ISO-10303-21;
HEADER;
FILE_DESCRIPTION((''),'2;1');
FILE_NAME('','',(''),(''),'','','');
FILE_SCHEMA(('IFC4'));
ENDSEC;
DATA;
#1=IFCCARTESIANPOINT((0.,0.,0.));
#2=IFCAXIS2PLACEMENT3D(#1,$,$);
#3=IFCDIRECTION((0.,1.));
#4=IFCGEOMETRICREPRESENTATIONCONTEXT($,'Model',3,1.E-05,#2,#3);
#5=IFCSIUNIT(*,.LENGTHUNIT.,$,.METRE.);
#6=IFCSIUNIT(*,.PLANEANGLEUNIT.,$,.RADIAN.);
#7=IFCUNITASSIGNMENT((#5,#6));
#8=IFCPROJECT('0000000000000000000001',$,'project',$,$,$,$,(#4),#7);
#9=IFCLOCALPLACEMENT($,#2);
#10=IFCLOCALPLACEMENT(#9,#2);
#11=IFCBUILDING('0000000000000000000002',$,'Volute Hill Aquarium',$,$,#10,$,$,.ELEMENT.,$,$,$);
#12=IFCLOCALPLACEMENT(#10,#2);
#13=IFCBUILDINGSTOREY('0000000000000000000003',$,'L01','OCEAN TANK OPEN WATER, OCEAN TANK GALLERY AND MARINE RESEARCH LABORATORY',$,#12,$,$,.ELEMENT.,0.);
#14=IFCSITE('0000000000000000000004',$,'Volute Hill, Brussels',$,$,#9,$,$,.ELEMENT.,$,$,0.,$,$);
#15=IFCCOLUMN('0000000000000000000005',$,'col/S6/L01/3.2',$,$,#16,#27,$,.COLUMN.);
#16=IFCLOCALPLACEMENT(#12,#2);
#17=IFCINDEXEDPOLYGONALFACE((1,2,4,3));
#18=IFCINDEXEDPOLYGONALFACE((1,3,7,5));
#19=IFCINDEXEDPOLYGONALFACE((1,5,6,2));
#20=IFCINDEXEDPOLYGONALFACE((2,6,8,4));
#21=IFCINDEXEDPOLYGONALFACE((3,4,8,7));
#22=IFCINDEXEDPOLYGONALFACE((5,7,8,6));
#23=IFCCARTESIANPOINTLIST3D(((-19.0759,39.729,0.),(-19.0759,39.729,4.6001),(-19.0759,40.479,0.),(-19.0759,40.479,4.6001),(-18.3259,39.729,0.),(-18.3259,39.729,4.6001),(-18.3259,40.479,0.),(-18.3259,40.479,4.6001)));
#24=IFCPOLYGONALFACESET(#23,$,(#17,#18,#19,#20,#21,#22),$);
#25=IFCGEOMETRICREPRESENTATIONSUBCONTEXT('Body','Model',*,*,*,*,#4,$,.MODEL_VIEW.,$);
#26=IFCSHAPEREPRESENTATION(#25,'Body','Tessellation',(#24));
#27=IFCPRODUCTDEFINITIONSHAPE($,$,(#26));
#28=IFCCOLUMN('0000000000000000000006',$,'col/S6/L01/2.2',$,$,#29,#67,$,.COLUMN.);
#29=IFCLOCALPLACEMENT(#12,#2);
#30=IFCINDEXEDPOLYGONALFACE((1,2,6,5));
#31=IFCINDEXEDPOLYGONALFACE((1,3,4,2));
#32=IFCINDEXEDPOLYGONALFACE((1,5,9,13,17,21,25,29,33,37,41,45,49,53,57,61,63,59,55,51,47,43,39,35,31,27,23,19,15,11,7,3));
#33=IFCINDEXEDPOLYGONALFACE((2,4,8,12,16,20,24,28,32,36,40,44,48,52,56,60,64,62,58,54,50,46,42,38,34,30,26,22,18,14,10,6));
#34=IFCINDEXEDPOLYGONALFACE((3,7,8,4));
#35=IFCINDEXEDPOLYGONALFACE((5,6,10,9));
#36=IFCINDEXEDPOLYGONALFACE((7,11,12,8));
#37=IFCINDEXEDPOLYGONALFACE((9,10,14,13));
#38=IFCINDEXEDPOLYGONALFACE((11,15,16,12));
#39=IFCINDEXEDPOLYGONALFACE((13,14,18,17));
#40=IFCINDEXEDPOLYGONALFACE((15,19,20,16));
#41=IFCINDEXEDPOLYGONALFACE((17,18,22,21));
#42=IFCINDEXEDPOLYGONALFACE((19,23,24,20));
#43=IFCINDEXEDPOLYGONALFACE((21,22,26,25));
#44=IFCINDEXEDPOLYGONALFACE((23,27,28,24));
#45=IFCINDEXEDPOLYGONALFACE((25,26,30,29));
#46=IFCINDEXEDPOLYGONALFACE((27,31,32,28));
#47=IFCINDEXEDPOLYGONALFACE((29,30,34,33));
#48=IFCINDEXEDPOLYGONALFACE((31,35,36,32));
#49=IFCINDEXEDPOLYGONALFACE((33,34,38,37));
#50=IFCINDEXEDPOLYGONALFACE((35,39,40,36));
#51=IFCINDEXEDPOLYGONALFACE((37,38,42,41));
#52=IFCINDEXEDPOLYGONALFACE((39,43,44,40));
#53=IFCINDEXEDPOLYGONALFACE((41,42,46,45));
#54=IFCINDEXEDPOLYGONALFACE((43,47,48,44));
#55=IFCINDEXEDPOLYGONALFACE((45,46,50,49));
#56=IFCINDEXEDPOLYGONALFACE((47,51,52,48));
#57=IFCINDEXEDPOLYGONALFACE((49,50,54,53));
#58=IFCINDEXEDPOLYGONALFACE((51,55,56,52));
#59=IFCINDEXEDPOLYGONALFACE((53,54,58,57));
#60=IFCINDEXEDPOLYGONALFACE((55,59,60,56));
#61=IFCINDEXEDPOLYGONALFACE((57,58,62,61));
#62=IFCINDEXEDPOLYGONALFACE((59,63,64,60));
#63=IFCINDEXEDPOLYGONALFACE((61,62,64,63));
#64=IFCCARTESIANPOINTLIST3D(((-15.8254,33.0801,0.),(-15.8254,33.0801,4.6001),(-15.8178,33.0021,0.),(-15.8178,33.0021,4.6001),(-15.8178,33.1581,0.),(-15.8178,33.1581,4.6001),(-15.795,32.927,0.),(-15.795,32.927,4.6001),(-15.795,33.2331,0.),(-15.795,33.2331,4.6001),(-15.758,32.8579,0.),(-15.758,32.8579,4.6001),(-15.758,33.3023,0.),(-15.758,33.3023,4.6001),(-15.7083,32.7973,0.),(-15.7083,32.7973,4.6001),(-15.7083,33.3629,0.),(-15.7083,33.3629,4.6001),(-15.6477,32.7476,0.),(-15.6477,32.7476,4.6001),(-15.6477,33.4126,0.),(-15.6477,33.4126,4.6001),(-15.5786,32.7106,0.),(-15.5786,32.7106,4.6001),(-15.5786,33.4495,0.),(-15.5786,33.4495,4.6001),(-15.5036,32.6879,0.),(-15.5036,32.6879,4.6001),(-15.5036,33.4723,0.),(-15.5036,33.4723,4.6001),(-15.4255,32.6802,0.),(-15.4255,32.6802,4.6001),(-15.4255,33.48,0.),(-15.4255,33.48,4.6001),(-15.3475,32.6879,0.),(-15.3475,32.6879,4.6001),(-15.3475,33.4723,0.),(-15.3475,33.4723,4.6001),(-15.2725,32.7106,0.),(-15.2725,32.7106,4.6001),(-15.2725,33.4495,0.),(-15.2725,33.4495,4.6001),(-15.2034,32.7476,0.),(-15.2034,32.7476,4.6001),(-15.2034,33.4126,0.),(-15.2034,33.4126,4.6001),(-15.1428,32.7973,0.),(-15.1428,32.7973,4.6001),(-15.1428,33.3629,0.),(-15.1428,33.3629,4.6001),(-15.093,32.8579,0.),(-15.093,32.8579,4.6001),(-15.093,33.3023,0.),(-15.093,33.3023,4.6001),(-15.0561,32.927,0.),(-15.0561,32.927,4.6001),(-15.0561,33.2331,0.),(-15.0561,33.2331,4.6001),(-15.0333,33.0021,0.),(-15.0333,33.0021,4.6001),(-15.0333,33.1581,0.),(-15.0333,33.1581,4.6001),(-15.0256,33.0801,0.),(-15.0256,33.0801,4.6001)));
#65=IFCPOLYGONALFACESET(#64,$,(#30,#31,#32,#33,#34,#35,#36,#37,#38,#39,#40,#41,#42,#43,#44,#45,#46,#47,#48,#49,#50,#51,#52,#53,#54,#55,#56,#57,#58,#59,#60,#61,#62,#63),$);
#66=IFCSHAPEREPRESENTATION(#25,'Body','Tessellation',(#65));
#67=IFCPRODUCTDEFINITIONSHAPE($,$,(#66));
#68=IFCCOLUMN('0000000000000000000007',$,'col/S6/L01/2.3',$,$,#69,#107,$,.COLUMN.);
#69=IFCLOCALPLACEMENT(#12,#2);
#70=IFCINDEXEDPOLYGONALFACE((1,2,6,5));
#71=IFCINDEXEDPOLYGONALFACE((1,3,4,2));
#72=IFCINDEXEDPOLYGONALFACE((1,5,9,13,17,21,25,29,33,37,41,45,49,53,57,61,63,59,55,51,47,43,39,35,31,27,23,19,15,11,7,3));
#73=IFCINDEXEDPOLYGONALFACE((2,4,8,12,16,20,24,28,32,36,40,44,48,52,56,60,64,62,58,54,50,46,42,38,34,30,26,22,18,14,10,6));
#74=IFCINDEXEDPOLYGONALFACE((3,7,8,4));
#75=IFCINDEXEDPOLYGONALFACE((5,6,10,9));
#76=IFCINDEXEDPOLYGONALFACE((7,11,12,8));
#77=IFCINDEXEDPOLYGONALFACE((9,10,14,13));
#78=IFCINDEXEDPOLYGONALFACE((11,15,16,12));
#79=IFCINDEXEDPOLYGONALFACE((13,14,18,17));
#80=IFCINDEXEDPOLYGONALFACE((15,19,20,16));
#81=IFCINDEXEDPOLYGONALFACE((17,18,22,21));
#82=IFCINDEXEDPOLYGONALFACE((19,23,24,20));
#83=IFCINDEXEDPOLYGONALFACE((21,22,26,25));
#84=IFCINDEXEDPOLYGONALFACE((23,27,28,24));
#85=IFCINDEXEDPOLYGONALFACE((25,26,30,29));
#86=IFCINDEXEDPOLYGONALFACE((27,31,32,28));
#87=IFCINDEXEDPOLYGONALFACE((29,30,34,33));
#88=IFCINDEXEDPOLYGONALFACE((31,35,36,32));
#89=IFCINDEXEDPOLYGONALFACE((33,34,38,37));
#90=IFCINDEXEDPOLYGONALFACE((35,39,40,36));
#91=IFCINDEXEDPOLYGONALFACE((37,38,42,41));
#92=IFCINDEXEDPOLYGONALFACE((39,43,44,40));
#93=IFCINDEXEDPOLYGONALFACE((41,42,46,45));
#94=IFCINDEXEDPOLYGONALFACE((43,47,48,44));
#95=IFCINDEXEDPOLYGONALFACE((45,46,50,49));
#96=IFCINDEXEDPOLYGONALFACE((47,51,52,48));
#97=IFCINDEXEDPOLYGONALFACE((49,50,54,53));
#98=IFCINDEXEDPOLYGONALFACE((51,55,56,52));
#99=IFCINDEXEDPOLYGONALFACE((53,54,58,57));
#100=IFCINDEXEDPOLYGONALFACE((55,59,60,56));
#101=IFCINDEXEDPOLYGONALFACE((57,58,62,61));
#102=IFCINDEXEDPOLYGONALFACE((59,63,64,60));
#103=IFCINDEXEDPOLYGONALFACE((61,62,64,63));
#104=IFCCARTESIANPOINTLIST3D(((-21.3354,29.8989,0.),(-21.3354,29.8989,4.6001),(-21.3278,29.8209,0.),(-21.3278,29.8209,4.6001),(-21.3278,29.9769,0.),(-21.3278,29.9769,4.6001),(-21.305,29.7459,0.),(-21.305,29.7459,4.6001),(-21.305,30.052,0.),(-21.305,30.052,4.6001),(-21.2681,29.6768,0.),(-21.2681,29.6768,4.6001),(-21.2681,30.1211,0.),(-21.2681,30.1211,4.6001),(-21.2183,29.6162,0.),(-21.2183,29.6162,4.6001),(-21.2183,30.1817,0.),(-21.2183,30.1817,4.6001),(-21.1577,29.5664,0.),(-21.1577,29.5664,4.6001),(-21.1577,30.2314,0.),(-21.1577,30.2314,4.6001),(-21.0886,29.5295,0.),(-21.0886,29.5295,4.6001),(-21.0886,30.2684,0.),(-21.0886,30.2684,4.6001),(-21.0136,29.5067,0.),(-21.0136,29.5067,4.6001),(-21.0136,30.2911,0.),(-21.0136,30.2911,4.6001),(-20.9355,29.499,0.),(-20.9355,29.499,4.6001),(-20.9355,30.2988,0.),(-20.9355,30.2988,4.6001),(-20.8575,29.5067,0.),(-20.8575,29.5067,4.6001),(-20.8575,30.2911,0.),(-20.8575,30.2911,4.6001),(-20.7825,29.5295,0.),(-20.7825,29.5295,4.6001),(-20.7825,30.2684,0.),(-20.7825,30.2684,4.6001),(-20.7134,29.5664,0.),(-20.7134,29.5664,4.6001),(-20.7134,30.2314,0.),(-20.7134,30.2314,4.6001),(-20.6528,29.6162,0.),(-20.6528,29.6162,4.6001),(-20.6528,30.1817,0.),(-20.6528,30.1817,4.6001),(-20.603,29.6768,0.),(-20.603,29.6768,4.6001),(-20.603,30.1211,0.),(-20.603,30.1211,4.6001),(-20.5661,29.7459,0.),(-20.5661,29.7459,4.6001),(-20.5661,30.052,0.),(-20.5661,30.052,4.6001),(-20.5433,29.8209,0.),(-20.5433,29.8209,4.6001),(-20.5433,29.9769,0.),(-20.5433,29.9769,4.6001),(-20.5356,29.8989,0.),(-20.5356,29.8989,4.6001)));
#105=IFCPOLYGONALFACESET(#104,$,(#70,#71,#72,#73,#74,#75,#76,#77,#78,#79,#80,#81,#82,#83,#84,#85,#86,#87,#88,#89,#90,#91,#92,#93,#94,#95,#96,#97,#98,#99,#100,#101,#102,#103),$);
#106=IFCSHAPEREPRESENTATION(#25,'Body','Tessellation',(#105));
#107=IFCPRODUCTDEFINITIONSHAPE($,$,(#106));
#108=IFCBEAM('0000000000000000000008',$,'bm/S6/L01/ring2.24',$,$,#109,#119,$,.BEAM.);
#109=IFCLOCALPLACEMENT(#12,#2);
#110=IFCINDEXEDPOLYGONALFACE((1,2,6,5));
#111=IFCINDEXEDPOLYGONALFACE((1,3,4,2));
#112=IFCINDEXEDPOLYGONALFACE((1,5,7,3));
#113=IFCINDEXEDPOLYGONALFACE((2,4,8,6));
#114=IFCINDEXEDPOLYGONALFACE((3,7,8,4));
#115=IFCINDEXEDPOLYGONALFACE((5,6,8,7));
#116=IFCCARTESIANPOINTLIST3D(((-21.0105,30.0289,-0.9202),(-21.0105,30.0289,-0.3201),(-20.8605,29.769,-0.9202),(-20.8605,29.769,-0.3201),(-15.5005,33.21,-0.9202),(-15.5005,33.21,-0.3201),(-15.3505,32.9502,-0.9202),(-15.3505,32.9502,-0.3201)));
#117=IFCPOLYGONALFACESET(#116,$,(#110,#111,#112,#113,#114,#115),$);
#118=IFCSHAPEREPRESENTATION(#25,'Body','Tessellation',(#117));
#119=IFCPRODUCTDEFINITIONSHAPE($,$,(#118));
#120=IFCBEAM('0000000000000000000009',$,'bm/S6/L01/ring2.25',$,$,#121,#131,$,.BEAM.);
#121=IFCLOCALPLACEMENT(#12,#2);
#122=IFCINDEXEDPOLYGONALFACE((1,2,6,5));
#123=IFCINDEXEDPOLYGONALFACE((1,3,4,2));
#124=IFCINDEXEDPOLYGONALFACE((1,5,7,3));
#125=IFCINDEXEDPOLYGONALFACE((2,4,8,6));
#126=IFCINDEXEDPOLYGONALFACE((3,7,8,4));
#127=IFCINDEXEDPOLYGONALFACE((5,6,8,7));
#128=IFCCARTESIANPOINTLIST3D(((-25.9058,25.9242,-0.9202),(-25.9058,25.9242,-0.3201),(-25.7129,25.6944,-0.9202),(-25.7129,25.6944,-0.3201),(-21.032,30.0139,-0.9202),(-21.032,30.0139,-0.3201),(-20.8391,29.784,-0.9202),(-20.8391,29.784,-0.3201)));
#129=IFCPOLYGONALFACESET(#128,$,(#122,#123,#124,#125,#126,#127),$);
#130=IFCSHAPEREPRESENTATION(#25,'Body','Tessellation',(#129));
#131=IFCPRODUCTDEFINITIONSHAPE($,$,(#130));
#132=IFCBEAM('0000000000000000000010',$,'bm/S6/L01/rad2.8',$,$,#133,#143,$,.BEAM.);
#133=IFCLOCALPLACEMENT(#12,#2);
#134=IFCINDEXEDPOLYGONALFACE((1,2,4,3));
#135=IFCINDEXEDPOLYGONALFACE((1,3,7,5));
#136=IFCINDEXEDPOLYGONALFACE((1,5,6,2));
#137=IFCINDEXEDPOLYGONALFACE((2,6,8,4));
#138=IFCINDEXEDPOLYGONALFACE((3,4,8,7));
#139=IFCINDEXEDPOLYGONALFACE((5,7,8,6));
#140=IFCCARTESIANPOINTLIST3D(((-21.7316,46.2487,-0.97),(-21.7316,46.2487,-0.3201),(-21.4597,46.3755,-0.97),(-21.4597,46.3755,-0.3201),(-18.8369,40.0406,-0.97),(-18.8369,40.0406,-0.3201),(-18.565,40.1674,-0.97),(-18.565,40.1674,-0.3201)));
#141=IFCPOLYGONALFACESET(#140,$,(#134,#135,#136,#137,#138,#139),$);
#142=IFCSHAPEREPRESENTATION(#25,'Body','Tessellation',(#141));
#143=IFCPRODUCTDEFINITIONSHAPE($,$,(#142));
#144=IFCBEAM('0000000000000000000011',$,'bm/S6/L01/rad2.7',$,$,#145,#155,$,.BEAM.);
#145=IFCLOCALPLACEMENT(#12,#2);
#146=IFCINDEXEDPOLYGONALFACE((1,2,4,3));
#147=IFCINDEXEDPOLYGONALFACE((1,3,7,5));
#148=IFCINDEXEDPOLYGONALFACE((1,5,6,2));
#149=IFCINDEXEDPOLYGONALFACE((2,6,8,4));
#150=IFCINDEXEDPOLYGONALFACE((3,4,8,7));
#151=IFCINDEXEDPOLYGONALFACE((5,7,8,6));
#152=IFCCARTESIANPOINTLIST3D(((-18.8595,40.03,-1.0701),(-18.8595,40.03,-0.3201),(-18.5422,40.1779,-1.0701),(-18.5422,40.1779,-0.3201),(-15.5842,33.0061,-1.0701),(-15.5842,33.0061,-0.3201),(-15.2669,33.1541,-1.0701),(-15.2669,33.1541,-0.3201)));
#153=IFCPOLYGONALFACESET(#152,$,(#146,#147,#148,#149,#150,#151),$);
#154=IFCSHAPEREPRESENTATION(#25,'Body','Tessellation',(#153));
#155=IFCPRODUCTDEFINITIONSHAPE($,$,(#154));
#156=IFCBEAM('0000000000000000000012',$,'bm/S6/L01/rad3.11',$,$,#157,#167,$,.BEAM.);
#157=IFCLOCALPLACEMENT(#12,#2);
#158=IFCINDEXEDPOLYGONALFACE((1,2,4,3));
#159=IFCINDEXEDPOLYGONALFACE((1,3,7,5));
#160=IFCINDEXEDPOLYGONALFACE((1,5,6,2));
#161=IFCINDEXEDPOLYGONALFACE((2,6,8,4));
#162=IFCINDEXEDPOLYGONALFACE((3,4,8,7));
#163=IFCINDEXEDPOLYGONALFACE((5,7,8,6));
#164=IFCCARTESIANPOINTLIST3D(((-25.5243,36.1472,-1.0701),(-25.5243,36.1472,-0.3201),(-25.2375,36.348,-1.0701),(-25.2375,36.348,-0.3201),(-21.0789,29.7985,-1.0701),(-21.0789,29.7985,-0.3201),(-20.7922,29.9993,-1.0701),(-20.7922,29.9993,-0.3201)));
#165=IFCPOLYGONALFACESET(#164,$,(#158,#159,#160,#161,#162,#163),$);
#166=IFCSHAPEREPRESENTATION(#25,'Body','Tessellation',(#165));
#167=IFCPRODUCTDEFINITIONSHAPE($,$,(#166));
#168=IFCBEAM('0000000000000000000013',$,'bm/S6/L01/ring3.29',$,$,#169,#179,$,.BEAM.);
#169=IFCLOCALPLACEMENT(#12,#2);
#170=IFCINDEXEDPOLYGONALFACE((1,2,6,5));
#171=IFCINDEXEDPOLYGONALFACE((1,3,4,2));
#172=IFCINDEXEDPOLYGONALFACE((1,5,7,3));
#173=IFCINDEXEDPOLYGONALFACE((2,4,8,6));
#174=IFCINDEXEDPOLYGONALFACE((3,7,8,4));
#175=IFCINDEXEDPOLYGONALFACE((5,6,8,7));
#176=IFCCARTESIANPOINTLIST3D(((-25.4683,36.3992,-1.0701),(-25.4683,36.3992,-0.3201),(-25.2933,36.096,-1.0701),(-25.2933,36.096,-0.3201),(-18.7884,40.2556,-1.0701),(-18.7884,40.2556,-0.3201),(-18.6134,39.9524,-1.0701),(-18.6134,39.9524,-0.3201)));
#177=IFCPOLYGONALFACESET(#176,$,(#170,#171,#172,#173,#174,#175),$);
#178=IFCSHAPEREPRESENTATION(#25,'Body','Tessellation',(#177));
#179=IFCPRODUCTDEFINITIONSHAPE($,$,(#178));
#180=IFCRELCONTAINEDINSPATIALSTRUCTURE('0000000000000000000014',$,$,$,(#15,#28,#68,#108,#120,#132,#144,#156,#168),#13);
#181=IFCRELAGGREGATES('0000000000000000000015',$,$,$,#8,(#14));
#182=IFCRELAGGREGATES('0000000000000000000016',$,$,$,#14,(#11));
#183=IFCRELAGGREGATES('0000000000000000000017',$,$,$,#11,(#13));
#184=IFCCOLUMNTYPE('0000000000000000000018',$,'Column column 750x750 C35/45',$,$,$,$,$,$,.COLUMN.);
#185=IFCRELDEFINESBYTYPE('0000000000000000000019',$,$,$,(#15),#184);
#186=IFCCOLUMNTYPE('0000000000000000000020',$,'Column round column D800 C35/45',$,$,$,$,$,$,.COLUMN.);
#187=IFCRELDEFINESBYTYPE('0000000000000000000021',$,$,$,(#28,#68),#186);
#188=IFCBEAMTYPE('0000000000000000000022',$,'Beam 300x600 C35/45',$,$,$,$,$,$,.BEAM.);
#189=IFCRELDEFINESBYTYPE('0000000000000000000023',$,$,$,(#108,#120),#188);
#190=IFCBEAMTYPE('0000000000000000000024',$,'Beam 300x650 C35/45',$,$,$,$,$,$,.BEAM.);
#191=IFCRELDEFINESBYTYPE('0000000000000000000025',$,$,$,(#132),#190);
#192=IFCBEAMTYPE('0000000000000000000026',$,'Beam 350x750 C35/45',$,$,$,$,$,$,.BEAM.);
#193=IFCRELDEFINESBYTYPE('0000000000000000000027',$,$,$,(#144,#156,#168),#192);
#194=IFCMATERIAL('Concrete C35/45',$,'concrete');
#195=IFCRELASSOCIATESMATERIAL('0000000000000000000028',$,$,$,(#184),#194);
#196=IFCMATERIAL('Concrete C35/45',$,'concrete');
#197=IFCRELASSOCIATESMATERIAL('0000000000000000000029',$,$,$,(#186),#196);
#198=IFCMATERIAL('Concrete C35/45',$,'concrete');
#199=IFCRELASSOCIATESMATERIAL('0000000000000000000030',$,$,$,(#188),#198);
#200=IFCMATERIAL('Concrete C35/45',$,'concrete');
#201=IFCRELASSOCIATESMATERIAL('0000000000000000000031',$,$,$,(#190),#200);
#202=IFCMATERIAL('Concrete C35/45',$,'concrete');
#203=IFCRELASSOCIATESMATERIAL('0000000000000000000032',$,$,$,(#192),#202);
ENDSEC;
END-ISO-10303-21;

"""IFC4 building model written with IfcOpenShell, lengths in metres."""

from ifc_helpers import new_model, si_unit, direction, frame, origin, origin_2d, place, context, subcontext, project, spatial, rectangle, circle, extrude, material, material_profile, profile_set, type_object, element, save


model = new_model("IFC4")

# Units and contexts
model_context = context("Model", 3, precision=1e-05, world=origin(), true_north=direction((0.0, 1.0)))
body_context = subcontext(model_context, "Body", "Model", "MODEL_VIEW")
ifc_project = project(units=[si_unit("LENGTHUNIT", "METRE"), si_unit("PLANEANGLEUNIT", "RADIAN")], contexts=[model_context])

# Site, building, storey
site_placement = place(None, origin())
site = spatial("IfcSite", under=ifc_project, at=site_placement, Name="Volute Hill, Brussels", CompositionType="ELEMENT", RefElevation=0.0)
building_placement = place(site_placement, origin())
building = spatial("IfcBuilding", under=site, at=building_placement, Name="Volute Hill Aquarium", CompositionType="ELEMENT")
storey_placement = place(building_placement, origin())
storey = spatial("IfcBuildingStorey", under=building, at=storey_placement, Name="L01", Description="OCEAN TANK OPEN WATER, OCEAN TANK GALLERY AND MARINE RESEARCH LABORATORY", CompositionType="ELEMENT", Elevation=0.0)

# Columns
ifc_material_1 = material(Name="Concrete C35/45", Category="concrete")
ifc_material_profile_1 = material_profile(ifc_material_1, rectangle(XDim=0.75, YDim=0.75, at=origin_2d()), Name="RC column 750x750")
ifc_profile_set_1 = profile_set([ifc_material_profile_1], Name="Concrete C35/45")
column_type_1 = type_object("IfcColumnType", Name="Column column 750x750 C35/45", PredefinedType="COLUMN", material=ifc_profile_set_1)
column_placement = place(storey_placement, frame((-18.7009, 40.104, 0.0), z_axis=(0.0, 0.0, 1.0), x_axis=(1.0, 0.0, 0.0)))
element("IfcColumn", 1, at=column_placement, inside=storey, type_object=column_type_1, Name="col/S6/L01/3.2", PredefinedType="COLUMN", context=body_context, shape_type="SweptSolid", body=[
    extrude(rectangle(XDim=0.75, YDim=0.75, at=origin_2d()), origin(), (0.0, 0.0, 1.0), 4.6001),
])
ifc_material_2 = material(Name="Concrete C35/45", Category="concrete")
ifc_material_profile_2 = material_profile(ifc_material_2, circle(Radius=0.3999, at=origin_2d()), Name="RC round column D800")
ifc_profile_set_2 = profile_set([ifc_material_profile_2], Name="Concrete C35/45")
column_type_2 = type_object("IfcColumnType", Name="Column round column D800 C35/45", PredefinedType="COLUMN", material=ifc_profile_set_2)
for number, where, z_axis, x_axis, name in (
    (2, (-15.4255, 33.0801, 0.0), (0.0, 0.0, 1.0), (1.0, 0.0, 0.0), "col/S6/L01/2.2"),
    (3, (-20.9355, 29.8989, 0.0), (0.0, 0.0, 1.0), (1.0, 0.0, 0.0), "col/S6/L01/2.3"),
):
    element("IfcColumn", number, at=place(storey_placement, frame(where, z_axis=z_axis, x_axis=x_axis)), inside=storey, type_object=column_type_2, Name=name, PredefinedType="COLUMN", context=body_context, shape_type="SweptSolid", body=[
        extrude(circle(Radius=0.3999, at=origin_2d()), origin(), (0.0, 0.0, 1.0), 4.6001),
    ])

# Beams
ifc_material_3 = material(Name="Concrete C35/45", Category="concrete")
ifc_material_profile_3 = material_profile(ifc_material_3, rectangle(XDim=0.3, YDim=0.6001, at=origin_2d()), Name="RC beam 300x600")
ifc_profile_set_3 = profile_set([ifc_material_profile_3], Name="Concrete C35/45")
beam_type_1 = type_object("IfcBeamType", Name="Beam 300x600 C35/45", PredefinedType="BEAM", material=ifc_profile_set_3)
for number, where, z_axis, x_axis, name in (
    (4, (-15.4255, 33.0801, -0.6201), (-0.866029, -0.499994, 0.0), (0.499994, -0.866029, 0.0), "bm/S6/L01/ring2.24"),
    (5, (-20.9355, 29.8989, -0.6201), (-0.766043, -0.642789, 0.0), (0.642789, -0.766043, 0.0), "bm/S6/L01/ring2.25"),
):
    element("IfcBeam", number, at=place(storey_placement, frame(where, z_axis=z_axis, x_axis=x_axis)), inside=storey, type_object=beam_type_1, Name=name, PredefinedType="BEAM", context=body_context, shape_type="SweptSolid", body=[
        extrude(rectangle(XDim=0.3, YDim=0.6001, at=origin_2d()), origin(), (0.0, 0.0, 1.0), 6.3623),
    ])
ifc_material_4 = material(Name="Concrete C35/45", Category="concrete")
ifc_material_profile_4 = material_profile(ifc_material_4, rectangle(XDim=0.3, YDim=0.6499, at=origin_2d()), Name="RC beam 300x650")
ifc_profile_set_4 = profile_set([ifc_material_profile_4], Name="Concrete C35/45")
beam_type_2 = type_object("IfcBeamType", Name="Beam 300x650 C35/45", PredefinedType="BEAM", material=ifc_profile_set_4)
beam_1_placement = place(storey_placement, frame((-18.7009, 40.104, -0.645), z_axis=(-0.422597, 0.906318, 0.0), x_axis=(-0.906318, -0.422597, 0.0)))
element("IfcBeam", 6, at=beam_1_placement, inside=storey, type_object=beam_type_2, Name="bm/S6/L01/rad2.8", PredefinedType="BEAM", context=body_context, shape_type="SweptSolid", body=[
    extrude(rectangle(XDim=0.3, YDim=0.6499, at=origin_2d()), origin(), (0.0, 0.0, 1.0), 6.8499),
])
ifc_material_5 = material(Name="Concrete C35/45", Category="concrete")
ifc_material_profile_5 = material_profile(ifc_material_5, rectangle(XDim=0.3501, YDim=0.75, at=origin_2d()), Name="RC beam 350x750")
ifc_profile_set_5 = profile_set([ifc_material_profile_5], Name="Concrete C35/45")
beam_type_3 = type_object("IfcBeamType", Name="Beam 350x750 C35/45", PredefinedType="BEAM", material=ifc_profile_set_5)
beam_2_placement = place(storey_placement, frame((-15.4255, 33.0801, -0.6951), z_axis=(-0.422627, 0.906304, 0.0), x_axis=(-0.906304, -0.422627, 0.0)))
element("IfcBeam", 7, at=beam_2_placement, inside=storey, type_object=beam_type_3, Name="bm/S6/L01/rad2.7", PredefinedType="BEAM", context=body_context, shape_type="SweptSolid", body=[
    extrude(rectangle(XDim=0.3501, YDim=0.75, at=origin_2d()), origin(), (0.0, 0.0, 1.0), 7.75),
])
beam_3_placement = place(storey_placement, frame((-20.9355, 29.8989, -0.6951), z_axis=(-0.573572, 0.819155, 0.0), x_axis=(-0.819155, -0.573572, 0.0)))
element("IfcBeam", 8, at=beam_3_placement, inside=storey, type_object=beam_type_3, Name="bm/S6/L01/rad3.11", PredefinedType="BEAM", context=body_context, shape_type="SweptSolid", body=[
    extrude(rectangle(XDim=0.3501, YDim=0.75, at=origin_2d()), origin(), (0.0, 0.0, 1.0), 7.7502),
])
beam_4_placement = place(storey_placement, frame((-18.7009, 40.104, -0.6951), z_axis=(-0.866037, -0.499979, 0.0), x_axis=(0.499979, -0.866037, 0.0)))
element("IfcBeam", 9, at=beam_4_placement, inside=storey, type_object=beam_type_3, Name="bm/S6/L01/ring3.29", PredefinedType="BEAM", context=body_context, shape_type="SweptSolid", body=[
    extrude(rectangle(XDim=0.3501, YDim=0.75, at=origin_2d()), origin(), (0.0, 0.0, 1.0), 7.7131),
])

save(model, "model.ifc")
